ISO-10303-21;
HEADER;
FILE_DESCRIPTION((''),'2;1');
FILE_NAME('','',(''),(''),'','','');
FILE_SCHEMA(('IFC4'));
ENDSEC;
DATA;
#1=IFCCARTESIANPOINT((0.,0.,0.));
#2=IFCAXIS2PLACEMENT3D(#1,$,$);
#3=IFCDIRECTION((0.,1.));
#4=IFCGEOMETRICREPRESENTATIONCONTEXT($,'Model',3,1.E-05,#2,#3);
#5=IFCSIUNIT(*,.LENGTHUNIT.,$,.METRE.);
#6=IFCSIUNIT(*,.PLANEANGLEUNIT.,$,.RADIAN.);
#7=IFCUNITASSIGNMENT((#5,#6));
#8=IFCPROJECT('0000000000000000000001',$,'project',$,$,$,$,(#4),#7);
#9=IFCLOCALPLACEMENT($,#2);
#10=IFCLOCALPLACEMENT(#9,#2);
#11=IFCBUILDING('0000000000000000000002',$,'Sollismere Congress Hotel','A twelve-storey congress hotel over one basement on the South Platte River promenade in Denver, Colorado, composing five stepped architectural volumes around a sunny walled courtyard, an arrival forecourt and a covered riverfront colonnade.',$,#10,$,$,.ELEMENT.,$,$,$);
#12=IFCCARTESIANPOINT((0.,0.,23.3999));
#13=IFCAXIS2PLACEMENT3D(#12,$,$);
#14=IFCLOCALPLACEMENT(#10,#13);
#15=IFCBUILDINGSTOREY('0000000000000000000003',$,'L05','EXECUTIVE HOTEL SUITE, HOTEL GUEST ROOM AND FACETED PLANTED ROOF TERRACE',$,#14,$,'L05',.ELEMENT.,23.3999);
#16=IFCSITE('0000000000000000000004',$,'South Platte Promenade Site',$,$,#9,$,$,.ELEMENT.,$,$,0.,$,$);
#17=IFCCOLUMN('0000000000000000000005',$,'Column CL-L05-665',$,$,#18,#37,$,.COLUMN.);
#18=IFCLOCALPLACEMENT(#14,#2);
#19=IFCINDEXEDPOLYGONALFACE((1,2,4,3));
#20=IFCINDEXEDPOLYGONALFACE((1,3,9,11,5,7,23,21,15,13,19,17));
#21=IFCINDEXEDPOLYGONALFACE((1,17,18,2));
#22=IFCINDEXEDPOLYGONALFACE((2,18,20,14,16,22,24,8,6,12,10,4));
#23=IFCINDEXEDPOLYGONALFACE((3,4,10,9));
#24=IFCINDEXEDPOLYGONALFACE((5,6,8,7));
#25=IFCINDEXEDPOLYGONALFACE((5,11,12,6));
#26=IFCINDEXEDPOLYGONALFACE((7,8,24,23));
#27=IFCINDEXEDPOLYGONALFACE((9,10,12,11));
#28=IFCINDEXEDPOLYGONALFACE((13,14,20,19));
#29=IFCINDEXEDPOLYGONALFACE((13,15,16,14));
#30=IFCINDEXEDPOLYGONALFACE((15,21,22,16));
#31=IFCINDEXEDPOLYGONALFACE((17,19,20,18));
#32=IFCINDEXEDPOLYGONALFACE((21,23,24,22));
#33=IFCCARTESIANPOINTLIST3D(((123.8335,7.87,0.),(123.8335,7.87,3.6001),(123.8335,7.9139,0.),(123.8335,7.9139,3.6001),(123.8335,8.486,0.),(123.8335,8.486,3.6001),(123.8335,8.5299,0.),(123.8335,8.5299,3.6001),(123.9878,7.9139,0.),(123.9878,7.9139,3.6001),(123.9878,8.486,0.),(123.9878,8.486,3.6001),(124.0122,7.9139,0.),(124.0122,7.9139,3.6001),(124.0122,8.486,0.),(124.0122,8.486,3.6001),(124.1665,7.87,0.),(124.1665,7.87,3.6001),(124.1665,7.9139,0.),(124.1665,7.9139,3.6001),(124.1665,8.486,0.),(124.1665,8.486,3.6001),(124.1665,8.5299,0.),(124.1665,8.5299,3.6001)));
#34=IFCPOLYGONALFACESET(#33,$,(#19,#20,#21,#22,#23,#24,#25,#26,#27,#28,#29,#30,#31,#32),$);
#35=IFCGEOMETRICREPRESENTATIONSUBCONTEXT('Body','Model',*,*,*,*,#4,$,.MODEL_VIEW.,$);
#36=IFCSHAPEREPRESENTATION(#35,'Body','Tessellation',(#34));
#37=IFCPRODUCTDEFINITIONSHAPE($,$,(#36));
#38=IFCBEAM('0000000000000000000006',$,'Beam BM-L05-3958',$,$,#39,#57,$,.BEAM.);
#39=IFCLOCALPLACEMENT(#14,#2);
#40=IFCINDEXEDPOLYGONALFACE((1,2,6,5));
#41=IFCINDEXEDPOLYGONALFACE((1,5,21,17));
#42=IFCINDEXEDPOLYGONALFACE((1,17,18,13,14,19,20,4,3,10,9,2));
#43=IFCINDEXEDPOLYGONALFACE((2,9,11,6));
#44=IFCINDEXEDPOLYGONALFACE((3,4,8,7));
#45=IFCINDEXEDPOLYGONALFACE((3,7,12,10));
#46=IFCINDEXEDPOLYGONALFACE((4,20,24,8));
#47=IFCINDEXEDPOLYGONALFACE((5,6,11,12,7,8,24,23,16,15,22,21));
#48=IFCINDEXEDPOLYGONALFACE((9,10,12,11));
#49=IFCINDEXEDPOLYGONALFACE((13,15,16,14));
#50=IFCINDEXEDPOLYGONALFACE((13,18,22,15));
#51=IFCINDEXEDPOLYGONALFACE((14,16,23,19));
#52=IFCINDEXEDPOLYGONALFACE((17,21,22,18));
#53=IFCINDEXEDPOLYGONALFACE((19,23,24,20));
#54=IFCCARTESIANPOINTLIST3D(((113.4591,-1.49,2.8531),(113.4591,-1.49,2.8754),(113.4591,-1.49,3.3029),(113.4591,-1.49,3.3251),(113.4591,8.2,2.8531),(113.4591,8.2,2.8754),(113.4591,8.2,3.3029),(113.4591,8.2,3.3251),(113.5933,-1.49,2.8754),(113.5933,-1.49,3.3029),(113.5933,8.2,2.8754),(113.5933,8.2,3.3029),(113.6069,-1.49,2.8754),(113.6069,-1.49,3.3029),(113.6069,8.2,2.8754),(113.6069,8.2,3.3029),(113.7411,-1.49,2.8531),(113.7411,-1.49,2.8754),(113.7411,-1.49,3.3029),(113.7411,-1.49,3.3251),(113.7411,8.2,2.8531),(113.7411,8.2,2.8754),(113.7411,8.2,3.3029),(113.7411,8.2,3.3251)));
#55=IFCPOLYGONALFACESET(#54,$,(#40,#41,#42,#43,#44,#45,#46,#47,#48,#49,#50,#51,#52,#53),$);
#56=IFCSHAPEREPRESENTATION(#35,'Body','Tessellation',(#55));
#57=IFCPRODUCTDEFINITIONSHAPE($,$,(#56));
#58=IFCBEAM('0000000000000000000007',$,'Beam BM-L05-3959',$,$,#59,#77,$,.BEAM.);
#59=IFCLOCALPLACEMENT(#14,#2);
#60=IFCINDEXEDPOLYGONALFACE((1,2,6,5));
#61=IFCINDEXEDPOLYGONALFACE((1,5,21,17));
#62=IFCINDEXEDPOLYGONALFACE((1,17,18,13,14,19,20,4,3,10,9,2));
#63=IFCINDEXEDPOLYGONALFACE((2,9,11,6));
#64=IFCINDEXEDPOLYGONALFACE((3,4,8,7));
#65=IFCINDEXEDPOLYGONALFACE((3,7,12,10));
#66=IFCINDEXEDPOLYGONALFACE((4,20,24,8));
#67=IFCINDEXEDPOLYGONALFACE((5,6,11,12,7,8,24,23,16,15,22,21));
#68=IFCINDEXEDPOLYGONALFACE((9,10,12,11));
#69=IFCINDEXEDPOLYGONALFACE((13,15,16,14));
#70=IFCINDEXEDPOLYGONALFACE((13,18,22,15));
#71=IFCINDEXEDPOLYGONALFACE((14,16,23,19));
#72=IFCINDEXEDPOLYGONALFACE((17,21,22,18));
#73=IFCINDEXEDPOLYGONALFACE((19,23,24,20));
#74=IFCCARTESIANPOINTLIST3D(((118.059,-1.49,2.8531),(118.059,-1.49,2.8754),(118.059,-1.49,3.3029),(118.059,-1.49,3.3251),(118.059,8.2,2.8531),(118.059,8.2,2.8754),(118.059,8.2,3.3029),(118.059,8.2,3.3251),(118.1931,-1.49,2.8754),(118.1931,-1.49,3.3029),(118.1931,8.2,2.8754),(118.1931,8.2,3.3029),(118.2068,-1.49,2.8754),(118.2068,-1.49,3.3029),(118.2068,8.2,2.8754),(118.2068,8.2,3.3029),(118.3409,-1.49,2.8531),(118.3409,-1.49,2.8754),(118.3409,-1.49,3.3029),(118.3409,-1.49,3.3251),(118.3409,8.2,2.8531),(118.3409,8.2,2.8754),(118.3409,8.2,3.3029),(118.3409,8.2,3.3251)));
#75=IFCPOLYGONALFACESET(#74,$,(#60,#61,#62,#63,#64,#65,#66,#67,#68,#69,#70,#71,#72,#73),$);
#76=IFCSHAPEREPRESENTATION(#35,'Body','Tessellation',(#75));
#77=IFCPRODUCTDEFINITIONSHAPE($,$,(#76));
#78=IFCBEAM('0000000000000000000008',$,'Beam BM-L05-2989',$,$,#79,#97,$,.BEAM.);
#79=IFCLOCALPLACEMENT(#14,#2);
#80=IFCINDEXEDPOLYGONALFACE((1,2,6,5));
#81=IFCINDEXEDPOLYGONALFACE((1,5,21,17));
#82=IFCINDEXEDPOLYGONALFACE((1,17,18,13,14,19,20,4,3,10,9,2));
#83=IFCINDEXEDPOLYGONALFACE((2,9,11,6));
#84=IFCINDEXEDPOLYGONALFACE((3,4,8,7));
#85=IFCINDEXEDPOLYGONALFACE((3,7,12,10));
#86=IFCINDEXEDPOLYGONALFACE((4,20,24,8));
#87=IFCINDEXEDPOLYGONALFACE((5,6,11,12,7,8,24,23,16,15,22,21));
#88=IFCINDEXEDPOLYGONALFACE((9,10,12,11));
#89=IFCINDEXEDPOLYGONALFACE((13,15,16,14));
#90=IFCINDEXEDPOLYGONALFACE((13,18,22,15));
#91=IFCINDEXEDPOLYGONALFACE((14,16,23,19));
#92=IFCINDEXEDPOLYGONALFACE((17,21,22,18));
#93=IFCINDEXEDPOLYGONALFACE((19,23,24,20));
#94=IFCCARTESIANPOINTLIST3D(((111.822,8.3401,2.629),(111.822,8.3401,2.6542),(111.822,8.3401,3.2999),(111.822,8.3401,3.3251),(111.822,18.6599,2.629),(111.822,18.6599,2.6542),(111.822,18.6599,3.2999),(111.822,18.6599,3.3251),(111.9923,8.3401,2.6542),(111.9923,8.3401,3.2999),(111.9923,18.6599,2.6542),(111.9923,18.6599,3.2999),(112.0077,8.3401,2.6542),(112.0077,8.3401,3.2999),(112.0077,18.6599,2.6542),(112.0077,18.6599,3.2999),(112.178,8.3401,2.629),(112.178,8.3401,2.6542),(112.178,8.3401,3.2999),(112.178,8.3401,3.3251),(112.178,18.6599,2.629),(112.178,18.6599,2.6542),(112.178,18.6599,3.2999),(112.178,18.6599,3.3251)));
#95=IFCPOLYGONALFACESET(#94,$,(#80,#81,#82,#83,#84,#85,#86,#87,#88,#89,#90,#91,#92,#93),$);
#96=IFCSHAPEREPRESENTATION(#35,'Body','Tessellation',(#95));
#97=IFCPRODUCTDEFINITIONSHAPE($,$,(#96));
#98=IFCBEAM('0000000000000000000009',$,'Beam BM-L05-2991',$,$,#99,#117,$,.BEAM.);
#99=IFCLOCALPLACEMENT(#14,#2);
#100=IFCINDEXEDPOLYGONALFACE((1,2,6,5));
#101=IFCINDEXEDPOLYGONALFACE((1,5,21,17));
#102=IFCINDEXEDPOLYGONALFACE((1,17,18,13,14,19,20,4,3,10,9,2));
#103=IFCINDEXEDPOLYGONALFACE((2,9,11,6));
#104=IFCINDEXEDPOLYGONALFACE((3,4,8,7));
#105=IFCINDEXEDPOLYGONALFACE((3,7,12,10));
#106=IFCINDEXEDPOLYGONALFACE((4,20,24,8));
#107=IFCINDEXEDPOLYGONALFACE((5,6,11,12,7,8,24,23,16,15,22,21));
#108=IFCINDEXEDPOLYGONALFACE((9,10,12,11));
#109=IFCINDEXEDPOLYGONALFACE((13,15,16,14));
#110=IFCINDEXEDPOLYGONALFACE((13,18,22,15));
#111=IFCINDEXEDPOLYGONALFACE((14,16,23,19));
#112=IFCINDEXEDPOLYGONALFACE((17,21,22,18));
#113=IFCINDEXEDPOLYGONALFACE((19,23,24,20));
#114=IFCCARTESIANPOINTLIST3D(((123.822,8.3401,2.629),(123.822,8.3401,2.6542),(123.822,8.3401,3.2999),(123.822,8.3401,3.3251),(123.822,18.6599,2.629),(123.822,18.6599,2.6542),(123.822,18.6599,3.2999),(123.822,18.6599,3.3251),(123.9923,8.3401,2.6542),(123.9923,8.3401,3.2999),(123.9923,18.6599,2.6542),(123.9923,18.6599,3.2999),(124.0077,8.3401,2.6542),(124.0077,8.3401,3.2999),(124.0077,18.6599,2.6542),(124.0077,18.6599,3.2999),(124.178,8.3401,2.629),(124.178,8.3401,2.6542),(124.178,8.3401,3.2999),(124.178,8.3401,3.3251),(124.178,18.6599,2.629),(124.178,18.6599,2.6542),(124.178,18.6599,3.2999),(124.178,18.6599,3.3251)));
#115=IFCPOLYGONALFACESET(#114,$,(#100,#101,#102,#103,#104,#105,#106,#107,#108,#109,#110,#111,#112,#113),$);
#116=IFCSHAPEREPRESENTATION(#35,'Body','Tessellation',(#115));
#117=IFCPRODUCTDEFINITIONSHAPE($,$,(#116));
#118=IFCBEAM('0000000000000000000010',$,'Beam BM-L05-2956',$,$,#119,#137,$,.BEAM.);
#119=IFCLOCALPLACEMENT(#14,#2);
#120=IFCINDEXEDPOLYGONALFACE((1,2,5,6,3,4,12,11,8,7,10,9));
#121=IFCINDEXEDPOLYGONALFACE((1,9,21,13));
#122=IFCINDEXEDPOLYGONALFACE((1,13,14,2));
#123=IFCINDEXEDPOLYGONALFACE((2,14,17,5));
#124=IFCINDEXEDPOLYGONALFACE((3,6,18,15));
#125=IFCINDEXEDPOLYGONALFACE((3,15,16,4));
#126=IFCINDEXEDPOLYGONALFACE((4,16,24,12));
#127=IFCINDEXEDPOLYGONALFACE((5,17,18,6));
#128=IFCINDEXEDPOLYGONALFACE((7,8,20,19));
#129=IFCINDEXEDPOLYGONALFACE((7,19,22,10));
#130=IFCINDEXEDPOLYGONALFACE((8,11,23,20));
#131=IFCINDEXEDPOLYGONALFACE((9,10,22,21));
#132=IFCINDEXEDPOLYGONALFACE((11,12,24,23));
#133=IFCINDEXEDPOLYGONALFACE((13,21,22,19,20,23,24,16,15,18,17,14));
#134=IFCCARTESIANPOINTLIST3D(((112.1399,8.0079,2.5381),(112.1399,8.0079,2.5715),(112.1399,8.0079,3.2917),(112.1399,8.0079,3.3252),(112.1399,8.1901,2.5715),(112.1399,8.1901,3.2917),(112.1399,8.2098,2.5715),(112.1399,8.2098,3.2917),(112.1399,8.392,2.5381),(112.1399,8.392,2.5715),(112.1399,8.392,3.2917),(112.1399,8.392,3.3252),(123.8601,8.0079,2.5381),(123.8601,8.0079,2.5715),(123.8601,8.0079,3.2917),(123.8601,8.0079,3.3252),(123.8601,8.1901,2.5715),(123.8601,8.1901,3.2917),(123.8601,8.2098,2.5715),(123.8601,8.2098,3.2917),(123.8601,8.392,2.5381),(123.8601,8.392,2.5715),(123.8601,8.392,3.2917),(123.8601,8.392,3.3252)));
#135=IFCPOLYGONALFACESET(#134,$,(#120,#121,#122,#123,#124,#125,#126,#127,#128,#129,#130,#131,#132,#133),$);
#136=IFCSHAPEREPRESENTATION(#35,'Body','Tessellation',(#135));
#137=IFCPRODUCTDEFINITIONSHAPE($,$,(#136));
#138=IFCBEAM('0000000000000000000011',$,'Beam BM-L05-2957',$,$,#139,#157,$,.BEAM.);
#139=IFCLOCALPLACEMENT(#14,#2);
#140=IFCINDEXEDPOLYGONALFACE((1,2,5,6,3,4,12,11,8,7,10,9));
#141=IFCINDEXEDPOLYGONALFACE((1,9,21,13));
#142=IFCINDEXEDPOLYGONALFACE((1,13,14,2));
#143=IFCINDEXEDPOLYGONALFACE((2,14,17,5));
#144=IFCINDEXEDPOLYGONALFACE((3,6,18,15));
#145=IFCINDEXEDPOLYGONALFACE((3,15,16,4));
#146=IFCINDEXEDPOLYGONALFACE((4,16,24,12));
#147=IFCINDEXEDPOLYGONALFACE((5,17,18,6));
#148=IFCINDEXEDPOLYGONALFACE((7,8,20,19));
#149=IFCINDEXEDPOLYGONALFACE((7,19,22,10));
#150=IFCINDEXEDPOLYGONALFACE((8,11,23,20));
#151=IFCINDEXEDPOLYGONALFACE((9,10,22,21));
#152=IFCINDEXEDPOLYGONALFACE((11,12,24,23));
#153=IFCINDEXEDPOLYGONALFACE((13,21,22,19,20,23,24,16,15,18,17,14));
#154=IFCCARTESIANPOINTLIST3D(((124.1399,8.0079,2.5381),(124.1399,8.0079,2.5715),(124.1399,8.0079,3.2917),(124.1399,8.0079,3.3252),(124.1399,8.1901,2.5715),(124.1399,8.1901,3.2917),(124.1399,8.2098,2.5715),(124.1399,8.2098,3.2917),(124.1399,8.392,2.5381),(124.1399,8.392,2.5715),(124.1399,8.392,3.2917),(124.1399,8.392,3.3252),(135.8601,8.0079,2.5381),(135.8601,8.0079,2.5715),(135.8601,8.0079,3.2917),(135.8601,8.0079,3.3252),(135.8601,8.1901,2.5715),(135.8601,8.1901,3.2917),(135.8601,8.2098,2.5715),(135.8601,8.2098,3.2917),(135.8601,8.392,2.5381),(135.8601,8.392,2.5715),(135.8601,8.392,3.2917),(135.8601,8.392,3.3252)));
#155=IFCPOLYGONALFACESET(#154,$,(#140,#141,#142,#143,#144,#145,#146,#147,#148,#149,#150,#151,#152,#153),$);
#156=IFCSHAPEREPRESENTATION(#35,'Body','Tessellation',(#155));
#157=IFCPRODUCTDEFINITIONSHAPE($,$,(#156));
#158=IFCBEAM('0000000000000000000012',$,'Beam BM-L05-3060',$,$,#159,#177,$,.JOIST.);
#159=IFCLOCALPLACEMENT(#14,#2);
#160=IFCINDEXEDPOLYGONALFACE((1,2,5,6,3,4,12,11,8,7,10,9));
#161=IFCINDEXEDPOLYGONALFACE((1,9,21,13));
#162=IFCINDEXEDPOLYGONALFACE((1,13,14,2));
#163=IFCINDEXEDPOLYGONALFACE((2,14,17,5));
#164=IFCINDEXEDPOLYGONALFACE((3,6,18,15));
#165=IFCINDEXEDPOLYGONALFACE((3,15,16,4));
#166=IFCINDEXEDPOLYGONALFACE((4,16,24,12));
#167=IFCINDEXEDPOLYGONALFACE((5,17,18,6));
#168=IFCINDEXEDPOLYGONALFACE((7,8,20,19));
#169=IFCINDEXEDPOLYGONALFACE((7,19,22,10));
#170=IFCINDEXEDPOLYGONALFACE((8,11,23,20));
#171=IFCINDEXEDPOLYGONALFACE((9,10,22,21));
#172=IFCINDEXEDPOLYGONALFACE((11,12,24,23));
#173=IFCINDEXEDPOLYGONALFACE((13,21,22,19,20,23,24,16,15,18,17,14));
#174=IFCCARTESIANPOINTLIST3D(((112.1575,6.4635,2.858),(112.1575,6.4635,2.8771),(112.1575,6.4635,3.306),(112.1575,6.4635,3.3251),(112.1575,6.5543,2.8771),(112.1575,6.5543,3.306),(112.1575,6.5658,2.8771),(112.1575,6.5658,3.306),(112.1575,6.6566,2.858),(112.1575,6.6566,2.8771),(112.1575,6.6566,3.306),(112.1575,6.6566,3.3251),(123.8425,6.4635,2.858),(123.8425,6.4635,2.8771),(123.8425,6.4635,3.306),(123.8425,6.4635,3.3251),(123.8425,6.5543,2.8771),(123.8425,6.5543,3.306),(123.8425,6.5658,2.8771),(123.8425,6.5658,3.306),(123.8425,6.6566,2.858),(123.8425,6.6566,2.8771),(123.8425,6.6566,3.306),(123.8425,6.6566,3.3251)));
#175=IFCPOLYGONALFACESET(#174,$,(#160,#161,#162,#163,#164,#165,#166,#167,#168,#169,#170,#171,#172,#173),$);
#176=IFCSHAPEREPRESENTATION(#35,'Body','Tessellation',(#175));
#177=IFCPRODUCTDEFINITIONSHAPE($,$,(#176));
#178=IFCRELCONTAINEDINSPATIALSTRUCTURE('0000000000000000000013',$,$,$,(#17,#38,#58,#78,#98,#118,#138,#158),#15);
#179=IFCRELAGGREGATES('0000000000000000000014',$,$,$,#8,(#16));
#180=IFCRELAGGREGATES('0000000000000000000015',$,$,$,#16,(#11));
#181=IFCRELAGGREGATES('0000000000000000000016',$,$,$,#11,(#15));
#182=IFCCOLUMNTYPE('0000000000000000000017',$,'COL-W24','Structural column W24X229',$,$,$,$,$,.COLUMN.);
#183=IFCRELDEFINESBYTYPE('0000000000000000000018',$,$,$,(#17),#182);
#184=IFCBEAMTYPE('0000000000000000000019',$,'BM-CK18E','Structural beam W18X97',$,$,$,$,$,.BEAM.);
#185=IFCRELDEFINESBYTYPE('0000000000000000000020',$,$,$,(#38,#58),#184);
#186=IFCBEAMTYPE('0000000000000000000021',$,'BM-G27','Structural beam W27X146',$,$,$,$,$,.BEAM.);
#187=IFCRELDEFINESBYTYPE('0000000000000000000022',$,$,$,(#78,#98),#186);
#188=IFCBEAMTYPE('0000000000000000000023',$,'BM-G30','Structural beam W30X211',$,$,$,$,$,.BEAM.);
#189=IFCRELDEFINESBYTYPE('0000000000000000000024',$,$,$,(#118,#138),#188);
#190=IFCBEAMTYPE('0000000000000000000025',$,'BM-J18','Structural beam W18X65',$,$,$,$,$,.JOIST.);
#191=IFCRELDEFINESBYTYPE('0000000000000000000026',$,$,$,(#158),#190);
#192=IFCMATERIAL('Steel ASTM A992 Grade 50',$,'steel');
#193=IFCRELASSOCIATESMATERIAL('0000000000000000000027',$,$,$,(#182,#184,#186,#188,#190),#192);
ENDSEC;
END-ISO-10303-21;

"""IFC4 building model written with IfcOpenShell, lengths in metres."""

from ifc_helpers import new_model, si_unit, direction, frame, origin, origin_2d, place, context, subcontext, project, spatial, i_section, extrude, material, material_profile, profile_set, type_object, element, save


model = new_model("IFC4")

# Units and contexts
model_context = context("Model", 3, precision=1e-05, world=origin(), true_north=direction((0.0, 1.0)))
body_context = subcontext(model_context, "Body", "Model", "MODEL_VIEW")
ifc_project = project(units=[si_unit("LENGTHUNIT", "METRE"), si_unit("PLANEANGLEUNIT", "RADIAN")], contexts=[model_context])

# Site, building, storey
site_placement = place(None, origin())
site = spatial("IfcSite", under=ifc_project, at=site_placement, Name="South Platte Promenade Site", CompositionType="ELEMENT", RefElevation=0.0)
building_placement = place(site_placement, origin())
building = spatial("IfcBuilding", under=site, at=building_placement, Name="Sollismere Congress Hotel", Description="A twelve-storey congress hotel over one basement on the South Platte River promenade in Denver, Colorado, composing five stepped architectural volumes around a sunny walled courtyard, an arrival forecourt and a covered riverfront colonnade.", CompositionType="ELEMENT")
storey_placement = place(building_placement, frame((0.0, 0.0, 23.3999)))
storey = spatial("IfcBuildingStorey", under=building, at=storey_placement, Name="L05", Description="EXECUTIVE HOTEL SUITE, HOTEL GUEST ROOM AND FACETED PLANTED ROOF TERRACE", LongName="L05", CompositionType="ELEMENT", Elevation=23.3999)

# Column
ifc_material_1 = material(Name="Steel ASTM A992 Grade 50", Category="steel")
ifc_material_profile_1 = material_profile(ifc_material_1, i_section(OverallWidth=0.333, OverallDepth=0.6599, WebThickness=0.0244, FlangeThickness=0.0439, at=origin_2d()), Name="W24X229")
ifc_profile_set_1 = profile_set([ifc_material_profile_1], Name="Steel ASTM A992 Grade 50")
column_type = type_object("IfcColumnType", Name="COL-W24", Description="Structural column W24X229", PredefinedType="COLUMN", material=ifc_profile_set_1)
column_placement = place(storey_placement, frame((124.0, 8.2, 0.0), z_axis=(0.0, 0.0, 1.0), x_axis=(1.0, 0.0, 0.0)))
element("IfcColumn", 1, at=column_placement, inside=storey, type_object=column_type, Name="Column CL-L05-665", PredefinedType="COLUMN", context=body_context, shape_type="SweptSolid", body=[
    extrude(i_section(OverallWidth=0.333, OverallDepth=0.6599, WebThickness=0.0244, FlangeThickness=0.0439, at=origin_2d()), origin(), (0.0, 0.0, 1.0), 3.6001),
])

# Beams
ifc_material_profile_2 = material_profile(ifc_material_1, i_section(OverallWidth=0.282, OverallDepth=0.4719, WebThickness=0.0137, FlangeThickness=0.0222, at=origin_2d()), Name="W18X97")
ifc_profile_set_2 = profile_set([ifc_material_profile_2], Name="Steel ASTM A992 Grade 50")
beam_type_1 = type_object("IfcBeamType", Name="BM-CK18E", Description="Structural beam W18X97", PredefinedType="BEAM", material=ifc_profile_set_2)
for number, where, z_axis, x_axis, name in (
    (2, (113.6001, 8.2, 3.0891), (0.0, -1.0, 0.0), (1.0, 0.0, 0.0), "Beam BM-L05-3958"),
    (3, (118.2, 8.2, 3.0891), (0.0, -1.0, 0.0), (1.0, 0.0, 0.0), "Beam BM-L05-3959"),
):
    element("IfcBeam", number, at=place(storey_placement, frame(where, z_axis=z_axis, x_axis=x_axis)), inside=storey, type_object=beam_type_1, Name=name, PredefinedType="BEAM", context=body_context, shape_type="SweptSolid", body=[
        extrude(i_section(OverallWidth=0.282, OverallDepth=0.4719, WebThickness=0.0137, FlangeThickness=0.0222, at=origin_2d()), origin(), (0.0, 0.0, 1.0), 9.6899),
    ])
ifc_material_profile_3 = material_profile(ifc_material_1, i_section(OverallWidth=0.356, OverallDepth=0.696, WebThickness=0.0154, FlangeThickness=0.0251, at=origin_2d()), Name="W27X146")
ifc_profile_set_3 = profile_set([ifc_material_profile_3], Name="Steel ASTM A992 Grade 50")
beam_type_2 = type_object("IfcBeamType", Name="BM-G27", Description="Structural beam W27X146", PredefinedType="BEAM", material=ifc_profile_set_3)
for number, where, z_axis, x_axis, name in (
    (4, (112.0, 8.3401, 2.9771), (0.0, 1.0, 0.0), (-1.0, 0.0, 0.0), "Beam BM-L05-2989"),
    (5, (124.0, 8.3401, 2.9771), (0.0, 1.0, 0.0), (-1.0, 0.0, 0.0), "Beam BM-L05-2991"),
):
    element("IfcBeam", number, at=place(storey_placement, frame(where, z_axis=z_axis, x_axis=x_axis)), inside=storey, type_object=beam_type_2, Name=name, PredefinedType="BEAM", context=body_context, shape_type="SweptSolid", body=[
        extrude(i_section(OverallWidth=0.356, OverallDepth=0.696, WebThickness=0.0154, FlangeThickness=0.0251, at=origin_2d()), origin(), (0.0, 0.0, 1.0), 10.3198),
    ])
ifc_material_profile_4 = material_profile(ifc_material_1, i_section(OverallWidth=0.384, OverallDepth=0.7871, WebThickness=0.0198, FlangeThickness=0.0334, at=origin_2d()), Name="W30X211")
ifc_profile_set_4 = profile_set([ifc_material_profile_4], Name="Steel ASTM A992 Grade 50")
beam_type_3 = type_object("IfcBeamType", Name="BM-G30", Description="Structural beam W30X211", PredefinedType="BEAM", material=ifc_profile_set_4)
for number, where, z_axis, x_axis, name in (
    (6, (112.1399, 8.2, 2.9316), (1.0, 0.0, 0.0), (0.0, 1.0, 0.0), "Beam BM-L05-2956"),
    (7, (124.1399, 8.2, 2.9316), (1.0, 0.0, 0.0), (0.0, 1.0, 0.0), "Beam BM-L05-2957"),
):
    element("IfcBeam", number, at=place(storey_placement, frame(where, z_axis=z_axis, x_axis=x_axis)), inside=storey, type_object=beam_type_3, Name=name, PredefinedType="BEAM", context=body_context, shape_type="SweptSolid", body=[
        extrude(i_section(OverallWidth=0.384, OverallDepth=0.7871, WebThickness=0.0198, FlangeThickness=0.0334, at=origin_2d()), origin(), (0.0, 0.0, 1.0), 11.7202),
    ])
ifc_material_profile_5 = material_profile(ifc_material_1, i_section(OverallWidth=0.1931, OverallDepth=0.467, WebThickness=0.0115, FlangeThickness=0.019, at=origin_2d()), Name="W18X65")
ifc_profile_set_5 = profile_set([ifc_material_profile_5], Name="Steel ASTM A992 Grade 50")
beam_type_4 = type_object("IfcBeamType", Name="BM-J18", Description="Structural beam W18X65", PredefinedType="JOIST", material=ifc_profile_set_5)
beam_placement = place(storey_placement, frame((112.1575, 6.5601, 3.0916), z_axis=(1.0, 0.0, 0.0), x_axis=(0.0, 1.0, 0.0)))
element("IfcBeam", 8, at=beam_placement, inside=storey, type_object=beam_type_4, Name="Beam BM-L05-3060", PredefinedType="JOIST", context=body_context, shape_type="SweptSolid", body=[
    extrude(i_section(OverallWidth=0.1931, OverallDepth=0.467, WebThickness=0.0115, FlangeThickness=0.019, at=origin_2d()), origin(), (0.0, 0.0, 1.0), 11.6851),
])

save(model, "model.ifc")
